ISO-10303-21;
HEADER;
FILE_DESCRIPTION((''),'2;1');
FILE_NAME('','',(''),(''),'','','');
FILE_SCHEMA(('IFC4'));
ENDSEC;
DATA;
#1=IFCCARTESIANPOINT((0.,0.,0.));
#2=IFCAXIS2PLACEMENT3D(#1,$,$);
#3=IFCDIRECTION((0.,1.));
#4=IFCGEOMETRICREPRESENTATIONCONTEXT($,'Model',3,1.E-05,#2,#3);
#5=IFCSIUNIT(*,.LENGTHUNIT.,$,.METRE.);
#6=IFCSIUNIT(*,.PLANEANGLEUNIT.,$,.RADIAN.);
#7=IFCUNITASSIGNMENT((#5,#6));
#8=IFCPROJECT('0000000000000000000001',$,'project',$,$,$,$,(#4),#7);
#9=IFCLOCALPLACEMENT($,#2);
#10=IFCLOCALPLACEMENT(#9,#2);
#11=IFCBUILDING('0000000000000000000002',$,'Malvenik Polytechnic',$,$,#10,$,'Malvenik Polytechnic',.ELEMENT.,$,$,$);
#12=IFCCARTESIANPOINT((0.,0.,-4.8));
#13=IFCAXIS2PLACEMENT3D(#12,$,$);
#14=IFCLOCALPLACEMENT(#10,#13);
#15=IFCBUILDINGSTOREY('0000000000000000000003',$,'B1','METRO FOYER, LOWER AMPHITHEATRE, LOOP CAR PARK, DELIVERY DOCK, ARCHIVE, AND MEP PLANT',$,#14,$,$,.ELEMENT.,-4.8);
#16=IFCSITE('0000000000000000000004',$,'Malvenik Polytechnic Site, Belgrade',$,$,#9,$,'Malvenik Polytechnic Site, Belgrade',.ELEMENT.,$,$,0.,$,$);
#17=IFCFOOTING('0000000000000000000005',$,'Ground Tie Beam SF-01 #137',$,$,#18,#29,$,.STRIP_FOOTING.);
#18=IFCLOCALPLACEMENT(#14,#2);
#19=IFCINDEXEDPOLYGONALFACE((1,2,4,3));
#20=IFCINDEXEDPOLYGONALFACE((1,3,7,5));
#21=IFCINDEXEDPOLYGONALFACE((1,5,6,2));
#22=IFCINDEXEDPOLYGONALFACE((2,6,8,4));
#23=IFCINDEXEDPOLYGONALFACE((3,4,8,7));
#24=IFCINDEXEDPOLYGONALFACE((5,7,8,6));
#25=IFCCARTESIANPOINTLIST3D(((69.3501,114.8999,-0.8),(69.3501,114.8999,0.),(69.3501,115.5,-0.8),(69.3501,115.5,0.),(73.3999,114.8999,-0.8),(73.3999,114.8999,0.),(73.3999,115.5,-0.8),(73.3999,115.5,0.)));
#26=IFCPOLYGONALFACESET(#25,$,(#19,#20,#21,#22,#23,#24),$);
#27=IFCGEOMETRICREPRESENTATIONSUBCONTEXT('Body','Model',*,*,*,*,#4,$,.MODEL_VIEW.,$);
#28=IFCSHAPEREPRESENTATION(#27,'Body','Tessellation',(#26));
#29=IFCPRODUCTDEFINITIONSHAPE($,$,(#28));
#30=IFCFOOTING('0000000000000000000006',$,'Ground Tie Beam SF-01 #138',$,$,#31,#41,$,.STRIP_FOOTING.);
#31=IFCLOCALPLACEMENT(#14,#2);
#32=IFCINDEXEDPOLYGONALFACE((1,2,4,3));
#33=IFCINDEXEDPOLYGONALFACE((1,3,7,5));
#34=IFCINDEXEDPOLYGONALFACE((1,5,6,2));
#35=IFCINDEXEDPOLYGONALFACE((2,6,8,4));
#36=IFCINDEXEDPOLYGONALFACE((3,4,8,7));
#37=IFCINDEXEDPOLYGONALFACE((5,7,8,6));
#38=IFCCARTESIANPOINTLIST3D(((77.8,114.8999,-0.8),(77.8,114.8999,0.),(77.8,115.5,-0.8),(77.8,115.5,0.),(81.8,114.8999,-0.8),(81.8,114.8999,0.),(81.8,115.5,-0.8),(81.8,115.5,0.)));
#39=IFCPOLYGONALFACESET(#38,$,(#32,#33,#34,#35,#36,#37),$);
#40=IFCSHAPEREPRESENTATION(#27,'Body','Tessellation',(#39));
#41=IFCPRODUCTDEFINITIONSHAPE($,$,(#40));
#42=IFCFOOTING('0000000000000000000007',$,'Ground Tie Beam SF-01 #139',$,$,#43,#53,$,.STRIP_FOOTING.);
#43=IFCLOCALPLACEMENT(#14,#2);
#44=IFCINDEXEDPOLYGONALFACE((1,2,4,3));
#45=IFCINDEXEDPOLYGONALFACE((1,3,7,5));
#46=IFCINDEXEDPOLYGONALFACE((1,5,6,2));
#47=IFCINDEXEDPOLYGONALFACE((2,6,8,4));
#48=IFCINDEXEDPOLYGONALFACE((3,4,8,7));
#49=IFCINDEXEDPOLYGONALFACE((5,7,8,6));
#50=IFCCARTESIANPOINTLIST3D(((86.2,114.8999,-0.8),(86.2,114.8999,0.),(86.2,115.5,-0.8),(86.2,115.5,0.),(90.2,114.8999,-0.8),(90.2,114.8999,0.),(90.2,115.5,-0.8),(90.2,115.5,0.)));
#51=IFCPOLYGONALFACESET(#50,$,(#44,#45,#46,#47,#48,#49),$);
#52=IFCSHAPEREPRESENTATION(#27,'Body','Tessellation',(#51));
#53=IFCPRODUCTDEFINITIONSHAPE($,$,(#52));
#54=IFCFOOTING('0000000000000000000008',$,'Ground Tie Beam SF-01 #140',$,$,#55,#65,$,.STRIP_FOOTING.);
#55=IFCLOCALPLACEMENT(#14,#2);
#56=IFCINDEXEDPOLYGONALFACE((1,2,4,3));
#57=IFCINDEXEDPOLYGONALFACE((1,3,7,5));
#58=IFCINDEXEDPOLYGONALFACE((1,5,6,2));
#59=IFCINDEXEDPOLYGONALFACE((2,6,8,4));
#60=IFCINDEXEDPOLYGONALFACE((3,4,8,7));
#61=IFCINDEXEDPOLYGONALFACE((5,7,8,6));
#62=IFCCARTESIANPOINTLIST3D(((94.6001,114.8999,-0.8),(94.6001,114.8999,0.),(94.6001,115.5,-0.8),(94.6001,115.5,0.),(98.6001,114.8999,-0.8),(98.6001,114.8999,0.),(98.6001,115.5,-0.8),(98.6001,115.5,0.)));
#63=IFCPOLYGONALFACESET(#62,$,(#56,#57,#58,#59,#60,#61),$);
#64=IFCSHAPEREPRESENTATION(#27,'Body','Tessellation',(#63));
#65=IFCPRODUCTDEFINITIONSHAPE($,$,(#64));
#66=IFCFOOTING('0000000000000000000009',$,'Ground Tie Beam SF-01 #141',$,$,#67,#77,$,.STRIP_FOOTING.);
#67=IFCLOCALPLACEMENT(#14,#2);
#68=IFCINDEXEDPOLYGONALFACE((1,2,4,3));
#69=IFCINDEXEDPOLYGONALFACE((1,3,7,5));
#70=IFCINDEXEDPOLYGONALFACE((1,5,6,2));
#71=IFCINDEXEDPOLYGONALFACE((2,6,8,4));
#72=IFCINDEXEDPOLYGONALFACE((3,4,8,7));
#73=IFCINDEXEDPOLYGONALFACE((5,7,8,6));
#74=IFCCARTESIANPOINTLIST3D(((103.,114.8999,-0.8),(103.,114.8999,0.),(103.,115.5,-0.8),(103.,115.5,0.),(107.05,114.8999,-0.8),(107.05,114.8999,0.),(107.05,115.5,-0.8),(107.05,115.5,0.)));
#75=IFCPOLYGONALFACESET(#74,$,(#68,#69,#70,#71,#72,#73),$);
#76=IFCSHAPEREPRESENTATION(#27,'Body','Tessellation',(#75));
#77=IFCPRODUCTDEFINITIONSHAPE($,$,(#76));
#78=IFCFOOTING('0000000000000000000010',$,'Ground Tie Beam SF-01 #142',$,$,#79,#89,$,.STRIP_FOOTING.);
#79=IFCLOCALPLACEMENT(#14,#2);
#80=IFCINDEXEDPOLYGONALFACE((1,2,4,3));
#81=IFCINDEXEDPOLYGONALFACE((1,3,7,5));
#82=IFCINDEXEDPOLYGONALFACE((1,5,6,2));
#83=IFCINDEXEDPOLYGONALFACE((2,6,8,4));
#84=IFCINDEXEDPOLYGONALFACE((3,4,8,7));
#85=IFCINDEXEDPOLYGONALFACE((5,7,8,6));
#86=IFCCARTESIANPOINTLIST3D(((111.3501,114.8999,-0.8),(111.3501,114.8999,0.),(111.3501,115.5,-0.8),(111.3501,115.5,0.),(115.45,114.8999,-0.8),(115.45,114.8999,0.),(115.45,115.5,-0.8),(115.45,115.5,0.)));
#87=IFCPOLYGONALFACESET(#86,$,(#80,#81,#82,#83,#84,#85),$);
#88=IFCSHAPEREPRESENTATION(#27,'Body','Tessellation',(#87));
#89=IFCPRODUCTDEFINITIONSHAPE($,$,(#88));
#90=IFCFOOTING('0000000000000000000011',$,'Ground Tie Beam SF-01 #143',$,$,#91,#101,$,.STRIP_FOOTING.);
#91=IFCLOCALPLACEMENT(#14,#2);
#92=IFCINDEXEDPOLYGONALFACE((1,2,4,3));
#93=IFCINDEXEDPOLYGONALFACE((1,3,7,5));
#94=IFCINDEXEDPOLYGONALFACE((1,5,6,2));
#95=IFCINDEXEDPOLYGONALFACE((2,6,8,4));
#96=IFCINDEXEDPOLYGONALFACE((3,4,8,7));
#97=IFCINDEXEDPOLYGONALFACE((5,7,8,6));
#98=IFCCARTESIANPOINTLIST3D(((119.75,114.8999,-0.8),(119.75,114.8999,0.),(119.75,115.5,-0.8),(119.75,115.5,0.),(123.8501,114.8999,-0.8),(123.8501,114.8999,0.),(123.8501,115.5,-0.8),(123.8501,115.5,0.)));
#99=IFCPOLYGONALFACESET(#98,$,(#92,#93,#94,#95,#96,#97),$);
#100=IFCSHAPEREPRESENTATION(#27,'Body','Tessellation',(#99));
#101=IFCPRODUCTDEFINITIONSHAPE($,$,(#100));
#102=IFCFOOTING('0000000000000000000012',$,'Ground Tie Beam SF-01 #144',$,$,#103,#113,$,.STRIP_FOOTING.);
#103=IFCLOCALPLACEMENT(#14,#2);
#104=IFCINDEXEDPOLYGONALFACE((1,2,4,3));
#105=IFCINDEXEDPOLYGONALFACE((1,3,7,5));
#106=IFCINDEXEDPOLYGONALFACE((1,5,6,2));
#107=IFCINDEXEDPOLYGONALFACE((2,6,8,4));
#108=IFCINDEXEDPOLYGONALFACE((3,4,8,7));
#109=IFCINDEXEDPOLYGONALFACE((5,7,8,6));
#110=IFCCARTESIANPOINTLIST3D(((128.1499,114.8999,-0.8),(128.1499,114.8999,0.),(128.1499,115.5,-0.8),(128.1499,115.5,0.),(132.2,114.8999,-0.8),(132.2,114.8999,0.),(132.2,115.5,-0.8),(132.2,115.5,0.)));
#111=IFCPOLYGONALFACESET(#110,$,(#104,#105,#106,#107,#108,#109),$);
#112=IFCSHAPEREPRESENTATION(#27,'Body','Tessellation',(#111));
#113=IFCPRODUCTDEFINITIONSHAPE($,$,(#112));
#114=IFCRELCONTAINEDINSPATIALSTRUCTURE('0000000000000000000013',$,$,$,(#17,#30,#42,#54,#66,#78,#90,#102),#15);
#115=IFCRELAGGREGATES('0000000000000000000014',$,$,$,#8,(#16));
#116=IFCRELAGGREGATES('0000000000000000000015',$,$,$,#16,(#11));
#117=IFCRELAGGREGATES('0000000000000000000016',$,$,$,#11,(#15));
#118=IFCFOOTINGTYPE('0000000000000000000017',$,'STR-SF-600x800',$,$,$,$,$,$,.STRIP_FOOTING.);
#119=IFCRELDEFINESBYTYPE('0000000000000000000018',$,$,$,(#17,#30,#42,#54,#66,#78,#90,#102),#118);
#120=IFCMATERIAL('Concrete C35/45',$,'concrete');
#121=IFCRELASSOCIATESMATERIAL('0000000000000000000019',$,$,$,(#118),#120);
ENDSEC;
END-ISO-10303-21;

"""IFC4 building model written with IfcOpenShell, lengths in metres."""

from ifc_helpers import new_model, si_unit, direction, frame, origin, place, context, subcontext, project, spatial, polyline, outline, extrude, material, type_object, element, save


model = new_model("IFC4")

# Units and contexts
model_context = context("Model", 3, precision=1e-05, world=origin(), true_north=direction((0.0, 1.0)))
body_context = subcontext(model_context, "Body", "Model", "MODEL_VIEW")
ifc_project = project(units=[si_unit("LENGTHUNIT", "METRE"), si_unit("PLANEANGLEUNIT", "RADIAN")], contexts=[model_context])

# Site, building, storey
site_placement = place(None, origin())
site = spatial("IfcSite", under=ifc_project, at=site_placement, Name="Malvenik Polytechnic Site, Belgrade", LongName="Malvenik Polytechnic Site, Belgrade", CompositionType="ELEMENT", RefElevation=0.0)
building_placement = place(site_placement, origin())
building = spatial("IfcBuilding", under=site, at=building_placement, Name="Malvenik Polytechnic", LongName="Malvenik Polytechnic", CompositionType="ELEMENT")
storey_placement = place(building_placement, frame((0.0, 0.0, -4.8)))
storey = spatial("IfcBuildingStorey", under=building, at=storey_placement, Name="B1", Description="METRO FOYER, LOWER AMPHITHEATRE, LOOP CAR PARK, DELIVERY DOCK, ARCHIVE, AND MEP PLANT", CompositionType="ELEMENT", Elevation=-4.8)

# Footings
ifc_material = material(Name="Concrete C35/45", Category="concrete")
footing_type_1 = type_object("IfcFootingType", Name="STR-SF-600x800", PredefinedType="STRIP_FOOTING", material=ifc_material)
footing_1_placement = place(storey_placement, frame((0.0, 0.0, -0.8)))
element("IfcFooting", 1, at=footing_1_placement, inside=storey, type_object=footing_type_1, Name="Ground Tie Beam SF-01 #137", PredefinedType="STRIP_FOOTING", context=body_context, shape_type="SweptSolid", body=[
    extrude(outline(polyline([(69.3501, 114.8999), (73.3999, 114.8999), (73.3999, 115.5), (69.3501, 115.5), (69.3501, 114.8999)])), origin(), (0.0, 0.0, 1.0), 0.8),
])
footing_2_placement = place(storey_placement, frame((0.0, 0.0, -0.8)))
element("IfcFooting", 2, at=footing_2_placement, inside=storey, type_object=footing_type_1, Name="Ground Tie Beam SF-01 #138", PredefinedType="STRIP_FOOTING", context=body_context, shape_type="SweptSolid", body=[
    extrude(outline(polyline([(77.8, 114.8999), (81.8, 114.8999), (81.8, 115.5), (77.8, 115.5), (77.8, 114.8999)])), origin(), (0.0, 0.0, 1.0), 0.8),
])
footing_3_placement = place(storey_placement, frame((0.0, 0.0, -0.8)))
element("IfcFooting", 3, at=footing_3_placement, inside=storey, type_object=footing_type_1, Name="Ground Tie Beam SF-01 #139", PredefinedType="STRIP_FOOTING", context=body_context, shape_type="SweptSolid", body=[
    extrude(outline(polyline([(86.2, 114.8999), (90.2, 114.8999), (90.2, 115.5), (86.2, 115.5), (86.2, 114.8999)])), origin(), (0.0, 0.0, 1.0), 0.8),
])
footing_4_placement = place(storey_placement, frame((0.0, 0.0, -0.8)))
element("IfcFooting", 4, at=footing_4_placement, inside=storey, type_object=footing_type_1, Name="Ground Tie Beam SF-01 #140", PredefinedType="STRIP_FOOTING", context=body_context, shape_type="SweptSolid", body=[
    extrude(outline(polyline([(94.6001, 114.8999), (98.6001, 114.8999), (98.6001, 115.5), (94.6001, 115.5), (94.6001, 114.8999)])), origin(), (0.0, 0.0, 1.0), 0.8),
])
footing_5_placement = place(storey_placement, frame((0.0, 0.0, -0.8)))
element("IfcFooting", 5, at=footing_5_placement, inside=storey, type_object=footing_type_1, Name="Ground Tie Beam SF-01 #141", PredefinedType="STRIP_FOOTING", context=body_context, shape_type="SweptSolid", body=[
    extrude(outline(polyline([(103.0, 114.8999), (107.05, 114.8999), (107.05, 115.5), (103.0, 115.5), (103.0, 114.8999)])), origin(), (0.0, 0.0, 1.0), 0.8),
])
footing_6_placement = place(storey_placement, frame((0.0, 0.0, -0.8)))
element("IfcFooting", 6, at=footing_6_placement, inside=storey, type_object=footing_type_1, Name="Ground Tie Beam SF-01 #142", PredefinedType="STRIP_FOOTING", context=body_context, shape_type="SweptSolid", body=[
    extrude(outline(polyline([(111.3501, 114.8999), (115.45, 114.8999), (115.45, 115.5), (111.3501, 115.5), (111.3501, 114.8999)])), origin(), (0.0, 0.0, 1.0), 0.8),
])
footing_7_placement = place(storey_placement, frame((0.0, 0.0, -0.8)))
element("IfcFooting", 7, at=footing_7_placement, inside=storey, type_object=footing_type_1, Name="Ground Tie Beam SF-01 #143", PredefinedType="STRIP_FOOTING", context=body_context, shape_type="SweptSolid", body=[
    extrude(outline(polyline([(119.75, 114.8999), (123.8501, 114.8999), (123.8501, 115.5), (119.75, 115.5), (119.75, 114.8999)])), origin(), (0.0, 0.0, 1.0), 0.8),
])
footing_8_placement = place(storey_placement, frame((0.0, 0.0, -0.8)))
element("IfcFooting", 8, at=footing_8_placement, inside=storey, type_object=footing_type_1, Name="Ground Tie Beam SF-01 #144", PredefinedType="STRIP_FOOTING", context=body_context, shape_type="SweptSolid", body=[
    extrude(outline(polyline([(128.1499, 114.8999), (132.2, 114.8999), (132.2, 115.5), (128.1499, 115.5), (128.1499, 114.8999)])), origin(), (0.0, 0.0, 1.0), 0.8),
])

save(model, "model.ifc")
